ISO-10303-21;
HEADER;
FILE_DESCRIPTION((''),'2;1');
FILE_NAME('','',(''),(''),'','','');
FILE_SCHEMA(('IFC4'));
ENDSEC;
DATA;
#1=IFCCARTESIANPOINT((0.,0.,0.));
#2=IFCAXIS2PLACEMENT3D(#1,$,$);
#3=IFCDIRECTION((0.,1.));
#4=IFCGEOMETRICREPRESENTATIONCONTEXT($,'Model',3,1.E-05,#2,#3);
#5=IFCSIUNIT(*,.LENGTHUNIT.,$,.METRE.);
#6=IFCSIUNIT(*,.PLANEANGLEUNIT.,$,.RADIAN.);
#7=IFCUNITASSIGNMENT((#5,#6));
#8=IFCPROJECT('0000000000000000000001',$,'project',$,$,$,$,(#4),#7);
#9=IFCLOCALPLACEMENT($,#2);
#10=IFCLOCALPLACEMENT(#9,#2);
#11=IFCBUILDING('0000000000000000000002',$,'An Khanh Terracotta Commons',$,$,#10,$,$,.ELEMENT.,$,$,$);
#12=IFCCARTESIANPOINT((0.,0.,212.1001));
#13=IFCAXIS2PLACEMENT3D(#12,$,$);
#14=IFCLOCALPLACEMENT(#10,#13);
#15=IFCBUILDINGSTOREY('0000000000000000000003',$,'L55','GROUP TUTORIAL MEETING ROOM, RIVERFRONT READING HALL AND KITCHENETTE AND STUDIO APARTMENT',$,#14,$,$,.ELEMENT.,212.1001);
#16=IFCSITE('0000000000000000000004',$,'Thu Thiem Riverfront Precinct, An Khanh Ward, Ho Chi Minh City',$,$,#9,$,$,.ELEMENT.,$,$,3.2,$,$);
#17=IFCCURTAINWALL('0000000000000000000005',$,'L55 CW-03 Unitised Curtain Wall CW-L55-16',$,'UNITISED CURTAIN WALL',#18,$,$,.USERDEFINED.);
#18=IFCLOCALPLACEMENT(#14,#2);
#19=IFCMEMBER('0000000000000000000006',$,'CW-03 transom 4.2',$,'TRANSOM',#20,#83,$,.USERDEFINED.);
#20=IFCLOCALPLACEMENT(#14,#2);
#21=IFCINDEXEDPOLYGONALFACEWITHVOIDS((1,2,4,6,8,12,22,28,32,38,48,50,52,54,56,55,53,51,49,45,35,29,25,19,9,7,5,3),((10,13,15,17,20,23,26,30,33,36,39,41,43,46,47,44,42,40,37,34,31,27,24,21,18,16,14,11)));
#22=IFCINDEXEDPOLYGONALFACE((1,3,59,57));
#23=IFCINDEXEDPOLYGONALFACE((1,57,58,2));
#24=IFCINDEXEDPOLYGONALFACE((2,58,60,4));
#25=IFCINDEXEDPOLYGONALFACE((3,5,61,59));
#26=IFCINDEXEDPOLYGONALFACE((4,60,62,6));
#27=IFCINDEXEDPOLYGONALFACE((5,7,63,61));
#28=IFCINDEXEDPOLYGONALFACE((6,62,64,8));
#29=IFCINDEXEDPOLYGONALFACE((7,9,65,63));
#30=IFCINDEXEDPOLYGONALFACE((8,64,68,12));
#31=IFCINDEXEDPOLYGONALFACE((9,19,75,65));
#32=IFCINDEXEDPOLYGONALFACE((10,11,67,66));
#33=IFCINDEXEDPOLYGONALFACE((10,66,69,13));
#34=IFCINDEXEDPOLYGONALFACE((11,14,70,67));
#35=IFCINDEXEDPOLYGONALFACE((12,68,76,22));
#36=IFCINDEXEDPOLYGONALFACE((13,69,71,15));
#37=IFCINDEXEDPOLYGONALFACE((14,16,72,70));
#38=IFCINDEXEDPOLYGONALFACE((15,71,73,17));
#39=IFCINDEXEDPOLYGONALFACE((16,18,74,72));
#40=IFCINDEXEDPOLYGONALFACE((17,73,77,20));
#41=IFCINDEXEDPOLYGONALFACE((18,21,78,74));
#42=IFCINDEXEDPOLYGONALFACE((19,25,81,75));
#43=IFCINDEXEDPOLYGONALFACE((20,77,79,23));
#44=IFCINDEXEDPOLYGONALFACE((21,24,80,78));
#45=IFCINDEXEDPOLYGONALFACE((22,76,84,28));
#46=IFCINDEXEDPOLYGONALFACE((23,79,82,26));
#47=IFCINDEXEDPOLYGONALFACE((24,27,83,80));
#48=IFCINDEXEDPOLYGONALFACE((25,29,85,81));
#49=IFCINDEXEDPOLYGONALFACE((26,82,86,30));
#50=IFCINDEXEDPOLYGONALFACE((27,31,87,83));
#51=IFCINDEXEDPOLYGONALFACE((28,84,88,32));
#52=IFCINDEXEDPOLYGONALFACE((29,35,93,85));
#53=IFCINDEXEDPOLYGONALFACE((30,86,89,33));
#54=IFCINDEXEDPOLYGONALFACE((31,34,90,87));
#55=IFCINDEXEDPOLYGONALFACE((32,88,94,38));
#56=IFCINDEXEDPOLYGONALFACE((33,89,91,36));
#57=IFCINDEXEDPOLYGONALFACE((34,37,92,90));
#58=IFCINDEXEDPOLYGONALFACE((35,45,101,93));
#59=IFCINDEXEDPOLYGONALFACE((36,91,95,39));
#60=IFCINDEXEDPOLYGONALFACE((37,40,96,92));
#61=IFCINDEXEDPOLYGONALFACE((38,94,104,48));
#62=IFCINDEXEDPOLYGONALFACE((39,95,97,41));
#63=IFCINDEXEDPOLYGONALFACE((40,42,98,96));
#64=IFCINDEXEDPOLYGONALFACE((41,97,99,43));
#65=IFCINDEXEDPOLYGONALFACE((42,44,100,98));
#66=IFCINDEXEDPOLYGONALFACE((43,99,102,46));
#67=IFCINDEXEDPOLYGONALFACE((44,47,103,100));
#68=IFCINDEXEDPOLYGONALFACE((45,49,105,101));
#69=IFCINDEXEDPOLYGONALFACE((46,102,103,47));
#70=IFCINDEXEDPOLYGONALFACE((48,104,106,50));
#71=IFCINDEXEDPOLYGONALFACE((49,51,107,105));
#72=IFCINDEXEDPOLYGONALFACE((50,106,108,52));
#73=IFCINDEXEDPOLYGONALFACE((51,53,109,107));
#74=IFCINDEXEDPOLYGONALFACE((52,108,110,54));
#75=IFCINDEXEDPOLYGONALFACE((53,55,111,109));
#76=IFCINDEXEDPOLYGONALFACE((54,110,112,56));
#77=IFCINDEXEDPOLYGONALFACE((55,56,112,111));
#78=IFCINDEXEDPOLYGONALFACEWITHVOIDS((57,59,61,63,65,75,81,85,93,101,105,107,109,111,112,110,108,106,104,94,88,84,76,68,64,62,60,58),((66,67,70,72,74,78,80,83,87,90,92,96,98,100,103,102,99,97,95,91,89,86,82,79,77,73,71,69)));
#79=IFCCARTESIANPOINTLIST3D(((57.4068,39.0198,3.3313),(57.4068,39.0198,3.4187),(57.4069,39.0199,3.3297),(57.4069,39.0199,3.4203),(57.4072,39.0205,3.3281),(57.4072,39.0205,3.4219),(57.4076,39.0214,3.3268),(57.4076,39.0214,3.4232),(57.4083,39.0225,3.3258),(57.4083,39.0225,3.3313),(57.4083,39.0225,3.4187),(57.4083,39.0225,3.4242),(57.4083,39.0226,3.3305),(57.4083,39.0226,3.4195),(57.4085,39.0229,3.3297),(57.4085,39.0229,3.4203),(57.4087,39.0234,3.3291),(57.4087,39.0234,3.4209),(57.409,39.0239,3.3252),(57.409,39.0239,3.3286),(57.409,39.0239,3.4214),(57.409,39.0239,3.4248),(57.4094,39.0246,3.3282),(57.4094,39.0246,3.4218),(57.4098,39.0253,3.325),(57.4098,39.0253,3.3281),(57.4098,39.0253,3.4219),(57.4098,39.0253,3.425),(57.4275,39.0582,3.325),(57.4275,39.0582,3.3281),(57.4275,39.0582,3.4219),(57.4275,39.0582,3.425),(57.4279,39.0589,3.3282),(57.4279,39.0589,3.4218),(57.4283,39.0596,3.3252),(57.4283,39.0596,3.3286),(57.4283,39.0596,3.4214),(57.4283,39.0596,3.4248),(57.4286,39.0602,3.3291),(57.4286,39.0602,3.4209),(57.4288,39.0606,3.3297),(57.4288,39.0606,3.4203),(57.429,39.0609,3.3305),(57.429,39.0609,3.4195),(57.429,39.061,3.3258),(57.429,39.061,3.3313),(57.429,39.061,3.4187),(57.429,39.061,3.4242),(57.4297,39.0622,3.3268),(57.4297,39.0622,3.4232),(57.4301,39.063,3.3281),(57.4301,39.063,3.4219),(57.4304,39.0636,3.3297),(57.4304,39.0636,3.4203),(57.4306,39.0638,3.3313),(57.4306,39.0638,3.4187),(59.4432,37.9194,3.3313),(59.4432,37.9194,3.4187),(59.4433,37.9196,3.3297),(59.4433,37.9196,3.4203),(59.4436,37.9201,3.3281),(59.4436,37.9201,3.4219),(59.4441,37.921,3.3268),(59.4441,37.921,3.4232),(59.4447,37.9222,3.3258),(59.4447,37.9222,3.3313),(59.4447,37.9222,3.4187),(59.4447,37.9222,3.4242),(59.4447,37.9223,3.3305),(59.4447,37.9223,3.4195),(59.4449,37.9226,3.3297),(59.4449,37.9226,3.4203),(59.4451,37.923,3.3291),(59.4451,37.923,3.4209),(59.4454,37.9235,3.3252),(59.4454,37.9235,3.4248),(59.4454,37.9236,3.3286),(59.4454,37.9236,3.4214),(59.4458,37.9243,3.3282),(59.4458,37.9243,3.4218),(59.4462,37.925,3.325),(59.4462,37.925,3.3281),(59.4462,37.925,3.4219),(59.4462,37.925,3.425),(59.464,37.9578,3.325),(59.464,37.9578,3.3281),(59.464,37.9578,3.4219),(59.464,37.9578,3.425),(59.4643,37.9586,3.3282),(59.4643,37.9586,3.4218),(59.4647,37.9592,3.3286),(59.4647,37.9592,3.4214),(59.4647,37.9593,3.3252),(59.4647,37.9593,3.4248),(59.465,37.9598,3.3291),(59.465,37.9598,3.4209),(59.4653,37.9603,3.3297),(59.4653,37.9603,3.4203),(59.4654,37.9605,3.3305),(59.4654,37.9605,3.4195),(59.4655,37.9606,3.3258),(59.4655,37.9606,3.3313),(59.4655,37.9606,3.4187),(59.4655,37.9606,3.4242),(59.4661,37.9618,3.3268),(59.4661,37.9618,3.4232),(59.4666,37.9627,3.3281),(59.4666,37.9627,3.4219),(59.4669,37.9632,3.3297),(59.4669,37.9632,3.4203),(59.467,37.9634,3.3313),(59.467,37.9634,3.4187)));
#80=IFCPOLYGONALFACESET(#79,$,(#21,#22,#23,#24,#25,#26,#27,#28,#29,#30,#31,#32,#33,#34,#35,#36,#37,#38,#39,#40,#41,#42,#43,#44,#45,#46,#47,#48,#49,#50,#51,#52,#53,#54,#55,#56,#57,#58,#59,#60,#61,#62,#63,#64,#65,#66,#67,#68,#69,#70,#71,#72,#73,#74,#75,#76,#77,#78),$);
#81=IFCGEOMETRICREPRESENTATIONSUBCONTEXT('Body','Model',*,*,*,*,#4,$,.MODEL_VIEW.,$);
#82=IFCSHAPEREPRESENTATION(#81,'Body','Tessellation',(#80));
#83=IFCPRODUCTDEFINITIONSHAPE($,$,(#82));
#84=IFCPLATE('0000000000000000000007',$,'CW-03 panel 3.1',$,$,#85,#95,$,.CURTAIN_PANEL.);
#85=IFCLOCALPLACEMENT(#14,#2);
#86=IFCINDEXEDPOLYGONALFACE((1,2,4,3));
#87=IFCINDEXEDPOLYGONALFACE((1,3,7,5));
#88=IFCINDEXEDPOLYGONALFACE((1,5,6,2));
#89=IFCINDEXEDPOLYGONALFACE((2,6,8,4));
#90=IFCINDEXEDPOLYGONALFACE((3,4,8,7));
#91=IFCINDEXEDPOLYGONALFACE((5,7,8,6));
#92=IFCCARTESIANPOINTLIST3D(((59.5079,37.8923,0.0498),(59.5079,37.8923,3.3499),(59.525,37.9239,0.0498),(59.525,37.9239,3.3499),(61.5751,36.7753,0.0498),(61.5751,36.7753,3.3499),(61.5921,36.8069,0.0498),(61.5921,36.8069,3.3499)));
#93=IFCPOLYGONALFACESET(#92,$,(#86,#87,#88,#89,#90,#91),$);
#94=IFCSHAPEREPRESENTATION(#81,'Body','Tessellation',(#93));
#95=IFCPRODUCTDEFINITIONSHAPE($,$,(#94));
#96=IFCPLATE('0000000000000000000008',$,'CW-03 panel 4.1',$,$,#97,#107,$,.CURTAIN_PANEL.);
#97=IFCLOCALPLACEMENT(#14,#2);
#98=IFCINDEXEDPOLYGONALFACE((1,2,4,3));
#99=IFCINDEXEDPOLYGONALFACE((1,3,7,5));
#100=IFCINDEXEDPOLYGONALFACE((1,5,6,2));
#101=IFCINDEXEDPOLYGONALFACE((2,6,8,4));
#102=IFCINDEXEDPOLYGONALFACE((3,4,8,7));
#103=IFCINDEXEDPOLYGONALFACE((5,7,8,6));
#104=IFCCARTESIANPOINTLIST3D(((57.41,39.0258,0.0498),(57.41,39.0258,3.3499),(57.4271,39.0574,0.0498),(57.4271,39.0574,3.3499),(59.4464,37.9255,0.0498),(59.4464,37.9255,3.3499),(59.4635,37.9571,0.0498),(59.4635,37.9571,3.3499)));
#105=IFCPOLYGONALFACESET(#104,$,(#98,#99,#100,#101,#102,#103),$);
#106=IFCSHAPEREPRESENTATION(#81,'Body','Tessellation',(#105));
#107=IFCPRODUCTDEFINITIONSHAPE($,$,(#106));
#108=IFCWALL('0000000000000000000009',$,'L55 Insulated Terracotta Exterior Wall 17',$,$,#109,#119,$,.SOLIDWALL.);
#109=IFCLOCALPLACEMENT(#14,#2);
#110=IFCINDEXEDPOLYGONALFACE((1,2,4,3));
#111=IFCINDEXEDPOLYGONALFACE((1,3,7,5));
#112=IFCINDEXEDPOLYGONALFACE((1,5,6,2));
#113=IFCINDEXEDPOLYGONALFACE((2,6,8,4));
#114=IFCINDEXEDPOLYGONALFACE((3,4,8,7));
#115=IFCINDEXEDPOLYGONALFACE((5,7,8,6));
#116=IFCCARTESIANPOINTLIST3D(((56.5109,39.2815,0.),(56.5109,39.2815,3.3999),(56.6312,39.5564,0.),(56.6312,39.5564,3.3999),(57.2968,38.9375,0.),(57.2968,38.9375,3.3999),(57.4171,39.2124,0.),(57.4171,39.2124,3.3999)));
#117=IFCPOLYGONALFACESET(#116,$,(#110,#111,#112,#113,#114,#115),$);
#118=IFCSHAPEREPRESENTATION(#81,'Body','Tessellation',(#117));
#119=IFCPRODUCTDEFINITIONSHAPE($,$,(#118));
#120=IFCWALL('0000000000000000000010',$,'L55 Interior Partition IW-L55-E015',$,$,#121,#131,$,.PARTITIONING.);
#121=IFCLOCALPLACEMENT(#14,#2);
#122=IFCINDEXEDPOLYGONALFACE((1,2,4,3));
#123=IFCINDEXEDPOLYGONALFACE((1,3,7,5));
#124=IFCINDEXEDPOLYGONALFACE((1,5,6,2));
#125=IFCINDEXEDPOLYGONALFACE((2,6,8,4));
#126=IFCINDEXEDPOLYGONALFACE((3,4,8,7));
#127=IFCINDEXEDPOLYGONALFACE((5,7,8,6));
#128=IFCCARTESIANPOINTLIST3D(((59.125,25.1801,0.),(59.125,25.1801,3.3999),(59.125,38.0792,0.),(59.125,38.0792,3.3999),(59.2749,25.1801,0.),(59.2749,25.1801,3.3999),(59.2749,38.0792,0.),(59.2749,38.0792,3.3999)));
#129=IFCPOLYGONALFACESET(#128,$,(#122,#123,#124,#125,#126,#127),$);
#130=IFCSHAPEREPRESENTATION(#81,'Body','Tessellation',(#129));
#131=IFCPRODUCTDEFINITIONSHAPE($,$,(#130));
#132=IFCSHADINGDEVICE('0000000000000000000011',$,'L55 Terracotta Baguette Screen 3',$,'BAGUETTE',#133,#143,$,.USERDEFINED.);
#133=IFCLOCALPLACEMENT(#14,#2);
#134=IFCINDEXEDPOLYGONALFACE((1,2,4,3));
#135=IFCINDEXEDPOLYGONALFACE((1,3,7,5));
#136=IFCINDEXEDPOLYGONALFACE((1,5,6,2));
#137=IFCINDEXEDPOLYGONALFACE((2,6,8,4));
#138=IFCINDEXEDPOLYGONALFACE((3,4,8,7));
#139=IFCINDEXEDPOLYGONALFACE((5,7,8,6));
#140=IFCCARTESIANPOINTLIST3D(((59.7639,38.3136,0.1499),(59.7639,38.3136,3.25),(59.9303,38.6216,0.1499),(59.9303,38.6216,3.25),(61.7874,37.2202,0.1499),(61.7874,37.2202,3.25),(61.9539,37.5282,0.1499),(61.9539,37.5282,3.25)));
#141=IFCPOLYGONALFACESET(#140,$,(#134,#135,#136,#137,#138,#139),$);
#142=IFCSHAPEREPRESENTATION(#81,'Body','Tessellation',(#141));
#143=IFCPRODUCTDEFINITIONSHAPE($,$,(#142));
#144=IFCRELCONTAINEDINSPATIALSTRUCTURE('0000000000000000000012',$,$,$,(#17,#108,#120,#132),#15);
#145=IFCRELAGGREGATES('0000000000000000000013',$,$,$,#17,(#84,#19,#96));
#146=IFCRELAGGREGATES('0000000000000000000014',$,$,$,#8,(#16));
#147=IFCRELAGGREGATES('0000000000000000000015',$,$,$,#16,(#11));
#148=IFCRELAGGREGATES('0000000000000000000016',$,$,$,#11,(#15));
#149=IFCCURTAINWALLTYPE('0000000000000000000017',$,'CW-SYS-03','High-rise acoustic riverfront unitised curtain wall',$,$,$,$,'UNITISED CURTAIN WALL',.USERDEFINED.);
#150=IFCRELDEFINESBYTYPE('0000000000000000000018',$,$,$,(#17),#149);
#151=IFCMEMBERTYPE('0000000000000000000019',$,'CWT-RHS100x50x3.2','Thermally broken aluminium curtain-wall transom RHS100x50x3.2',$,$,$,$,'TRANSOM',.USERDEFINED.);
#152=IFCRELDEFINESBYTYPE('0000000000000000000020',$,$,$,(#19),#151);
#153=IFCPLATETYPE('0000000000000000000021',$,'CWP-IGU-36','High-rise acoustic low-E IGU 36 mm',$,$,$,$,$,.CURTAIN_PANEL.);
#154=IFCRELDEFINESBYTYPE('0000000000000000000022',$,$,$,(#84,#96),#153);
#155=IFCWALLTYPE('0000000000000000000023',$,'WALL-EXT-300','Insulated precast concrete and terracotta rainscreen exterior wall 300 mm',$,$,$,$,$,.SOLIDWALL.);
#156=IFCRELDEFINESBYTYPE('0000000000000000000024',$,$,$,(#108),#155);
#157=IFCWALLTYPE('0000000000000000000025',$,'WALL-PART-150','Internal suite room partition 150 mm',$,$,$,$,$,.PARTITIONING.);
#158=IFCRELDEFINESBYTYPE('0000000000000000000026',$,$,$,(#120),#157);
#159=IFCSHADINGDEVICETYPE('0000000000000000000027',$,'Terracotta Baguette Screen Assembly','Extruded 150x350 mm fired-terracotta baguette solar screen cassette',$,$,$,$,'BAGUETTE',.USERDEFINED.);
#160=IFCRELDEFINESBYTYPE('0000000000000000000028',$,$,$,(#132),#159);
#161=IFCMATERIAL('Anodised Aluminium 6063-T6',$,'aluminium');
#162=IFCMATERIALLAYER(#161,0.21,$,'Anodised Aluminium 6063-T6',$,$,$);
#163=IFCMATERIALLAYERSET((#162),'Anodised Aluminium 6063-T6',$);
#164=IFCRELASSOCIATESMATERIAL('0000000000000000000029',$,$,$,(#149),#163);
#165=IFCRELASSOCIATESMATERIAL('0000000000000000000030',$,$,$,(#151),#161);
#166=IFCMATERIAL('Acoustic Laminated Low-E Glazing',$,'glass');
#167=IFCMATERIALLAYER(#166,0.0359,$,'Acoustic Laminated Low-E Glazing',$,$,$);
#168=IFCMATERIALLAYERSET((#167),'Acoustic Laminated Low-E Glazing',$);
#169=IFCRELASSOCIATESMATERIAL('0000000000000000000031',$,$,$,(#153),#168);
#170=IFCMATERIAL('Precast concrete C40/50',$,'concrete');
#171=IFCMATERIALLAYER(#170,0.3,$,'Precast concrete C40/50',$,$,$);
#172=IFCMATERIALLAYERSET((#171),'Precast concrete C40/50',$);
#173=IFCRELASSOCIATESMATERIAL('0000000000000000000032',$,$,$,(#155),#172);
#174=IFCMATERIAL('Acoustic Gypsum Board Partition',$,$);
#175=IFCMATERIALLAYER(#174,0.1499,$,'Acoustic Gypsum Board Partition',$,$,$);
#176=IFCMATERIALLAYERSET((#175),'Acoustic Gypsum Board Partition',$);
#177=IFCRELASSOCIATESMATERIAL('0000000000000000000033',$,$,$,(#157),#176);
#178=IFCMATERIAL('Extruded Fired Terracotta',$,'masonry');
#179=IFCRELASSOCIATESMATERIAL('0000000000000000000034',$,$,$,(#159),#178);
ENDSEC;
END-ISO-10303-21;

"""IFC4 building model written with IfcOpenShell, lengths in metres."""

from ifc_helpers import new_model, si_unit, direction, frame, frame_2d, origin, origin_2d, place, context, subcontext, project, spatial, rectangle, hollow_rectangle, extrude, material, layer, layer_set, material_profile, profile_set, type_object, element, aggregate, save


model = new_model("IFC4")

# Units and contexts
model_context = context("Model", 3, precision=1e-05, world=origin(), true_north=direction((0.0, 1.0)))
body_context = subcontext(model_context, "Body", "Model", "MODEL_VIEW")
ifc_project = project(units=[si_unit("LENGTHUNIT", "METRE"), si_unit("PLANEANGLEUNIT", "RADIAN")], contexts=[model_context])

# Site, building, storey
site_placement = place(None, origin())
site = spatial("IfcSite", under=ifc_project, at=site_placement, Name="Thu Thiem Riverfront Precinct, An Khanh Ward, Ho Chi Minh City", CompositionType="ELEMENT", RefElevation=3.2)
building_placement = place(site_placement, origin())
building = spatial("IfcBuilding", under=site, at=building_placement, Name="An Khanh Terracotta Commons", CompositionType="ELEMENT")
storey_placement = place(building_placement, frame((0.0, 0.0, 212.1001)))
storey = spatial("IfcBuildingStorey", under=building, at=storey_placement, Name="L55", Description="GROUP TUTORIAL MEETING ROOM, RIVERFRONT READING HALL AND KITCHENETTE AND STUDIO APARTMENT", CompositionType="ELEMENT", Elevation=212.1001)

# Curtain wall, member, plates
ifc_material_1 = material(Name="Anodised Aluminium 6063-T6", Category="aluminium")
ifc_layer_1 = layer(ifc_material_1, 0.21, Name="Anodised Aluminium 6063-T6")
ifc_layer_set_1 = layer_set([ifc_layer_1], Name="Anodised Aluminium 6063-T6")
curtain_wall_type = type_object("IfcCurtainWallType", Name="CW-SYS-03", Description="High-rise acoustic riverfront unitised curtain wall", ElementType="UNITISED CURTAIN WALL", PredefinedType="USERDEFINED", material=ifc_layer_set_1)
curtain_wall_placement = place(storey_placement, origin())
curtain_wall = element("IfcCurtainWall", 1, at=curtain_wall_placement, inside=storey, type_object=curtain_wall_type, Name="L55 CW-03 Unitised Curtain Wall CW-L55-16", ObjectType="UNITISED CURTAIN WALL", PredefinedType="USERDEFINED")
ifc_material_profile_1 = material_profile(ifc_material_1, hollow_rectangle(XDim=0.05, YDim=0.1001, WallThickness=0.0032, InnerFilletRadius=0.0032, OuterFilletRadius=0.0063, at=origin_2d()), Name="RHS100x50x3.2")
ifc_profile_set_1 = profile_set([ifc_material_profile_1], Name="Anodised Aluminium 6063-T6")
member_type_1 = type_object("IfcMemberType", Name="CWT-RHS100x50x3.2", Description="Thermally broken aluminium curtain-wall transom RHS100x50x3.2", ElementType="TRANSOM", PredefinedType="USERDEFINED", material=ifc_profile_set_1)
member_1_placement = place(storey_placement, frame((59.4551, 37.9414, 3.375), z_axis=(-0.879779, 0.475382, 0.0), x_axis=(-0.475382, -0.879779, 0.0)))
member_1 = element("IfcMember", 2, at=member_1_placement, type_object=member_type_1, Name="CW-03 transom 4.2", ObjectType="TRANSOM", PredefinedType="USERDEFINED", context=body_context, shape_type="SweptSolid", body=[
    extrude(hollow_rectangle(XDim=0.05, YDim=0.1001, WallThickness=0.0032, InnerFilletRadius=0.0032, OuterFilletRadius=0.0063, at=origin_2d()), origin(), (0.0, 0.0, 1.0), 2.3147),
])
ifc_material_2 = material(Name="Acoustic Laminated Low-E Glazing", Category="glass")
ifc_layer_2 = layer(ifc_material_2, 0.0359, Name="Acoustic Laminated Low-E Glazing")
ifc_layer_set_2 = layer_set([ifc_layer_2], Name="Acoustic Laminated Low-E Glazing")
plate_type = type_object("IfcPlateType", Name="CWP-IGU-36", Description="High-rise acoustic low-E IGU 36 mm", PredefinedType="CURTAIN_PANEL", material=ifc_layer_set_2)
plate_1_placement = place(storey_placement, frame((60.55, 37.3496, 0.0498), z_axis=(0.0, 0.0, 1.0), x_axis=(-0.87978, 0.475381, 0.0)))
plate_1 = element("IfcPlate", 3, at=plate_1_placement, type_object=plate_type, Name="CW-03 panel 3.1", PredefinedType="CURTAIN_PANEL", context=body_context, shape_type="SweptSolid", body=[
    extrude(rectangle(XDim=2.3496, YDim=0.0359, at=origin_2d()), origin(), (0.0, 0.0, 1.0), 3.3),
])
plate_2_placement = place(storey_placement, frame((58.4368, 38.4915, 0.0498), z_axis=(0.0, 0.0, 1.0), x_axis=(-0.87978, 0.475381, 0.0)))
plate_2 = element("IfcPlate", 4, at=plate_2_placement, type_object=plate_type, Name="CW-03 panel 4.1", PredefinedType="CURTAIN_PANEL", context=body_context, shape_type="SweptSolid", body=[
    extrude(rectangle(XDim=2.3147, YDim=0.0359, at=origin_2d()), origin(), (0.0, 0.0, 1.0), 3.3),
])
aggregate(curtain_wall, [plate_1, member_1, plate_2])

# Walls
ifc_material_3 = material(Name="Precast concrete C40/50", Category="concrete")
ifc_layer_3 = layer(ifc_material_3, 0.3, Name="Precast concrete C40/50")
ifc_layer_set_3 = layer_set([ifc_layer_3], Name="Precast concrete C40/50")
wall_type_1 = type_object("IfcWallType", Name="WALL-EXT-300", Description="Insulated precast concrete and terracotta rainscreen exterior wall 300 mm", PredefinedType="SOLIDWALL", material=ifc_layer_set_3)
wall_1_placement = place(storey_placement, frame((57.3569, 39.075, 0.0), z_axis=(0.0, 0.0, 1.0), x_axis=(-0.916085, 0.400983, 0.0)))
element("IfcWall", 5, at=wall_1_placement, inside=storey, type_object=wall_type_1, Name="L55 Insulated Terracotta Exterior Wall 17", PredefinedType="SOLIDWALL", context=body_context, shape_type="SweptSolid", body=[
    extrude(rectangle(XDim=0.8579, YDim=0.3, at=frame_2d((0.429, 0.0))), origin(), (0.0, 0.0, 1.0), 3.3999),
])
ifc_material_4 = material(Name="Acoustic Gypsum Board Partition")
ifc_layer_4 = layer(ifc_material_4, 0.1499, Name="Acoustic Gypsum Board Partition")
ifc_layer_set_4 = layer_set([ifc_layer_4], Name="Acoustic Gypsum Board Partition")
wall_type_2 = type_object("IfcWallType", Name="WALL-PART-150", Description="Internal suite room partition 150 mm", PredefinedType="PARTITIONING", material=ifc_layer_set_4)
wall_2_placement = place(storey_placement, frame((59.2, 25.1799, 0.0), z_axis=(0.0, 0.0, 1.0), x_axis=(0.0, 1.0, 0.0)))
element("IfcWall", 6, at=wall_2_placement, inside=storey, type_object=wall_type_2, Name="L55 Interior Partition IW-L55-E015", PredefinedType="PARTITIONING", context=body_context, shape_type="SweptSolid", body=[
    extrude(rectangle(XDim=12.8992, YDim=0.1499, at=frame_2d((6.4497, 0.0))), origin(), (0.0, 0.0, 1.0), 3.3999),
])

# Shading device
ifc_material_5 = material(Name="Extruded Fired Terracotta", Category="masonry")
shading_device_type = type_object("IfcShadingDeviceType", Name="Terracotta Baguette Screen Assembly", Description="Extruded 150x350 mm fired-terracotta baguette solar screen cassette", ElementType="BAGUETTE", PredefinedType="USERDEFINED", material=ifc_material_5)
shading_device_placement = place(storey_placement, frame((60.8589, 37.9209, 0.1499), z_axis=(0.0, 0.0, 1.0), x_axis=(-0.87978, 0.475381, 0.0)))
element("IfcShadingDevice", 7, at=shading_device_placement, inside=storey, type_object=shading_device_type, Name="L55 Terracotta Baguette Screen 3", ObjectType="BAGUETTE", PredefinedType="USERDEFINED", context=body_context, shape_type="SweptSolid", body=[
    extrude(rectangle(XDim=2.3, YDim=0.3501, at=origin_2d()), origin(), (0.0, 0.0, 1.0), 3.1001),
])

save(model, "model.ifc")
